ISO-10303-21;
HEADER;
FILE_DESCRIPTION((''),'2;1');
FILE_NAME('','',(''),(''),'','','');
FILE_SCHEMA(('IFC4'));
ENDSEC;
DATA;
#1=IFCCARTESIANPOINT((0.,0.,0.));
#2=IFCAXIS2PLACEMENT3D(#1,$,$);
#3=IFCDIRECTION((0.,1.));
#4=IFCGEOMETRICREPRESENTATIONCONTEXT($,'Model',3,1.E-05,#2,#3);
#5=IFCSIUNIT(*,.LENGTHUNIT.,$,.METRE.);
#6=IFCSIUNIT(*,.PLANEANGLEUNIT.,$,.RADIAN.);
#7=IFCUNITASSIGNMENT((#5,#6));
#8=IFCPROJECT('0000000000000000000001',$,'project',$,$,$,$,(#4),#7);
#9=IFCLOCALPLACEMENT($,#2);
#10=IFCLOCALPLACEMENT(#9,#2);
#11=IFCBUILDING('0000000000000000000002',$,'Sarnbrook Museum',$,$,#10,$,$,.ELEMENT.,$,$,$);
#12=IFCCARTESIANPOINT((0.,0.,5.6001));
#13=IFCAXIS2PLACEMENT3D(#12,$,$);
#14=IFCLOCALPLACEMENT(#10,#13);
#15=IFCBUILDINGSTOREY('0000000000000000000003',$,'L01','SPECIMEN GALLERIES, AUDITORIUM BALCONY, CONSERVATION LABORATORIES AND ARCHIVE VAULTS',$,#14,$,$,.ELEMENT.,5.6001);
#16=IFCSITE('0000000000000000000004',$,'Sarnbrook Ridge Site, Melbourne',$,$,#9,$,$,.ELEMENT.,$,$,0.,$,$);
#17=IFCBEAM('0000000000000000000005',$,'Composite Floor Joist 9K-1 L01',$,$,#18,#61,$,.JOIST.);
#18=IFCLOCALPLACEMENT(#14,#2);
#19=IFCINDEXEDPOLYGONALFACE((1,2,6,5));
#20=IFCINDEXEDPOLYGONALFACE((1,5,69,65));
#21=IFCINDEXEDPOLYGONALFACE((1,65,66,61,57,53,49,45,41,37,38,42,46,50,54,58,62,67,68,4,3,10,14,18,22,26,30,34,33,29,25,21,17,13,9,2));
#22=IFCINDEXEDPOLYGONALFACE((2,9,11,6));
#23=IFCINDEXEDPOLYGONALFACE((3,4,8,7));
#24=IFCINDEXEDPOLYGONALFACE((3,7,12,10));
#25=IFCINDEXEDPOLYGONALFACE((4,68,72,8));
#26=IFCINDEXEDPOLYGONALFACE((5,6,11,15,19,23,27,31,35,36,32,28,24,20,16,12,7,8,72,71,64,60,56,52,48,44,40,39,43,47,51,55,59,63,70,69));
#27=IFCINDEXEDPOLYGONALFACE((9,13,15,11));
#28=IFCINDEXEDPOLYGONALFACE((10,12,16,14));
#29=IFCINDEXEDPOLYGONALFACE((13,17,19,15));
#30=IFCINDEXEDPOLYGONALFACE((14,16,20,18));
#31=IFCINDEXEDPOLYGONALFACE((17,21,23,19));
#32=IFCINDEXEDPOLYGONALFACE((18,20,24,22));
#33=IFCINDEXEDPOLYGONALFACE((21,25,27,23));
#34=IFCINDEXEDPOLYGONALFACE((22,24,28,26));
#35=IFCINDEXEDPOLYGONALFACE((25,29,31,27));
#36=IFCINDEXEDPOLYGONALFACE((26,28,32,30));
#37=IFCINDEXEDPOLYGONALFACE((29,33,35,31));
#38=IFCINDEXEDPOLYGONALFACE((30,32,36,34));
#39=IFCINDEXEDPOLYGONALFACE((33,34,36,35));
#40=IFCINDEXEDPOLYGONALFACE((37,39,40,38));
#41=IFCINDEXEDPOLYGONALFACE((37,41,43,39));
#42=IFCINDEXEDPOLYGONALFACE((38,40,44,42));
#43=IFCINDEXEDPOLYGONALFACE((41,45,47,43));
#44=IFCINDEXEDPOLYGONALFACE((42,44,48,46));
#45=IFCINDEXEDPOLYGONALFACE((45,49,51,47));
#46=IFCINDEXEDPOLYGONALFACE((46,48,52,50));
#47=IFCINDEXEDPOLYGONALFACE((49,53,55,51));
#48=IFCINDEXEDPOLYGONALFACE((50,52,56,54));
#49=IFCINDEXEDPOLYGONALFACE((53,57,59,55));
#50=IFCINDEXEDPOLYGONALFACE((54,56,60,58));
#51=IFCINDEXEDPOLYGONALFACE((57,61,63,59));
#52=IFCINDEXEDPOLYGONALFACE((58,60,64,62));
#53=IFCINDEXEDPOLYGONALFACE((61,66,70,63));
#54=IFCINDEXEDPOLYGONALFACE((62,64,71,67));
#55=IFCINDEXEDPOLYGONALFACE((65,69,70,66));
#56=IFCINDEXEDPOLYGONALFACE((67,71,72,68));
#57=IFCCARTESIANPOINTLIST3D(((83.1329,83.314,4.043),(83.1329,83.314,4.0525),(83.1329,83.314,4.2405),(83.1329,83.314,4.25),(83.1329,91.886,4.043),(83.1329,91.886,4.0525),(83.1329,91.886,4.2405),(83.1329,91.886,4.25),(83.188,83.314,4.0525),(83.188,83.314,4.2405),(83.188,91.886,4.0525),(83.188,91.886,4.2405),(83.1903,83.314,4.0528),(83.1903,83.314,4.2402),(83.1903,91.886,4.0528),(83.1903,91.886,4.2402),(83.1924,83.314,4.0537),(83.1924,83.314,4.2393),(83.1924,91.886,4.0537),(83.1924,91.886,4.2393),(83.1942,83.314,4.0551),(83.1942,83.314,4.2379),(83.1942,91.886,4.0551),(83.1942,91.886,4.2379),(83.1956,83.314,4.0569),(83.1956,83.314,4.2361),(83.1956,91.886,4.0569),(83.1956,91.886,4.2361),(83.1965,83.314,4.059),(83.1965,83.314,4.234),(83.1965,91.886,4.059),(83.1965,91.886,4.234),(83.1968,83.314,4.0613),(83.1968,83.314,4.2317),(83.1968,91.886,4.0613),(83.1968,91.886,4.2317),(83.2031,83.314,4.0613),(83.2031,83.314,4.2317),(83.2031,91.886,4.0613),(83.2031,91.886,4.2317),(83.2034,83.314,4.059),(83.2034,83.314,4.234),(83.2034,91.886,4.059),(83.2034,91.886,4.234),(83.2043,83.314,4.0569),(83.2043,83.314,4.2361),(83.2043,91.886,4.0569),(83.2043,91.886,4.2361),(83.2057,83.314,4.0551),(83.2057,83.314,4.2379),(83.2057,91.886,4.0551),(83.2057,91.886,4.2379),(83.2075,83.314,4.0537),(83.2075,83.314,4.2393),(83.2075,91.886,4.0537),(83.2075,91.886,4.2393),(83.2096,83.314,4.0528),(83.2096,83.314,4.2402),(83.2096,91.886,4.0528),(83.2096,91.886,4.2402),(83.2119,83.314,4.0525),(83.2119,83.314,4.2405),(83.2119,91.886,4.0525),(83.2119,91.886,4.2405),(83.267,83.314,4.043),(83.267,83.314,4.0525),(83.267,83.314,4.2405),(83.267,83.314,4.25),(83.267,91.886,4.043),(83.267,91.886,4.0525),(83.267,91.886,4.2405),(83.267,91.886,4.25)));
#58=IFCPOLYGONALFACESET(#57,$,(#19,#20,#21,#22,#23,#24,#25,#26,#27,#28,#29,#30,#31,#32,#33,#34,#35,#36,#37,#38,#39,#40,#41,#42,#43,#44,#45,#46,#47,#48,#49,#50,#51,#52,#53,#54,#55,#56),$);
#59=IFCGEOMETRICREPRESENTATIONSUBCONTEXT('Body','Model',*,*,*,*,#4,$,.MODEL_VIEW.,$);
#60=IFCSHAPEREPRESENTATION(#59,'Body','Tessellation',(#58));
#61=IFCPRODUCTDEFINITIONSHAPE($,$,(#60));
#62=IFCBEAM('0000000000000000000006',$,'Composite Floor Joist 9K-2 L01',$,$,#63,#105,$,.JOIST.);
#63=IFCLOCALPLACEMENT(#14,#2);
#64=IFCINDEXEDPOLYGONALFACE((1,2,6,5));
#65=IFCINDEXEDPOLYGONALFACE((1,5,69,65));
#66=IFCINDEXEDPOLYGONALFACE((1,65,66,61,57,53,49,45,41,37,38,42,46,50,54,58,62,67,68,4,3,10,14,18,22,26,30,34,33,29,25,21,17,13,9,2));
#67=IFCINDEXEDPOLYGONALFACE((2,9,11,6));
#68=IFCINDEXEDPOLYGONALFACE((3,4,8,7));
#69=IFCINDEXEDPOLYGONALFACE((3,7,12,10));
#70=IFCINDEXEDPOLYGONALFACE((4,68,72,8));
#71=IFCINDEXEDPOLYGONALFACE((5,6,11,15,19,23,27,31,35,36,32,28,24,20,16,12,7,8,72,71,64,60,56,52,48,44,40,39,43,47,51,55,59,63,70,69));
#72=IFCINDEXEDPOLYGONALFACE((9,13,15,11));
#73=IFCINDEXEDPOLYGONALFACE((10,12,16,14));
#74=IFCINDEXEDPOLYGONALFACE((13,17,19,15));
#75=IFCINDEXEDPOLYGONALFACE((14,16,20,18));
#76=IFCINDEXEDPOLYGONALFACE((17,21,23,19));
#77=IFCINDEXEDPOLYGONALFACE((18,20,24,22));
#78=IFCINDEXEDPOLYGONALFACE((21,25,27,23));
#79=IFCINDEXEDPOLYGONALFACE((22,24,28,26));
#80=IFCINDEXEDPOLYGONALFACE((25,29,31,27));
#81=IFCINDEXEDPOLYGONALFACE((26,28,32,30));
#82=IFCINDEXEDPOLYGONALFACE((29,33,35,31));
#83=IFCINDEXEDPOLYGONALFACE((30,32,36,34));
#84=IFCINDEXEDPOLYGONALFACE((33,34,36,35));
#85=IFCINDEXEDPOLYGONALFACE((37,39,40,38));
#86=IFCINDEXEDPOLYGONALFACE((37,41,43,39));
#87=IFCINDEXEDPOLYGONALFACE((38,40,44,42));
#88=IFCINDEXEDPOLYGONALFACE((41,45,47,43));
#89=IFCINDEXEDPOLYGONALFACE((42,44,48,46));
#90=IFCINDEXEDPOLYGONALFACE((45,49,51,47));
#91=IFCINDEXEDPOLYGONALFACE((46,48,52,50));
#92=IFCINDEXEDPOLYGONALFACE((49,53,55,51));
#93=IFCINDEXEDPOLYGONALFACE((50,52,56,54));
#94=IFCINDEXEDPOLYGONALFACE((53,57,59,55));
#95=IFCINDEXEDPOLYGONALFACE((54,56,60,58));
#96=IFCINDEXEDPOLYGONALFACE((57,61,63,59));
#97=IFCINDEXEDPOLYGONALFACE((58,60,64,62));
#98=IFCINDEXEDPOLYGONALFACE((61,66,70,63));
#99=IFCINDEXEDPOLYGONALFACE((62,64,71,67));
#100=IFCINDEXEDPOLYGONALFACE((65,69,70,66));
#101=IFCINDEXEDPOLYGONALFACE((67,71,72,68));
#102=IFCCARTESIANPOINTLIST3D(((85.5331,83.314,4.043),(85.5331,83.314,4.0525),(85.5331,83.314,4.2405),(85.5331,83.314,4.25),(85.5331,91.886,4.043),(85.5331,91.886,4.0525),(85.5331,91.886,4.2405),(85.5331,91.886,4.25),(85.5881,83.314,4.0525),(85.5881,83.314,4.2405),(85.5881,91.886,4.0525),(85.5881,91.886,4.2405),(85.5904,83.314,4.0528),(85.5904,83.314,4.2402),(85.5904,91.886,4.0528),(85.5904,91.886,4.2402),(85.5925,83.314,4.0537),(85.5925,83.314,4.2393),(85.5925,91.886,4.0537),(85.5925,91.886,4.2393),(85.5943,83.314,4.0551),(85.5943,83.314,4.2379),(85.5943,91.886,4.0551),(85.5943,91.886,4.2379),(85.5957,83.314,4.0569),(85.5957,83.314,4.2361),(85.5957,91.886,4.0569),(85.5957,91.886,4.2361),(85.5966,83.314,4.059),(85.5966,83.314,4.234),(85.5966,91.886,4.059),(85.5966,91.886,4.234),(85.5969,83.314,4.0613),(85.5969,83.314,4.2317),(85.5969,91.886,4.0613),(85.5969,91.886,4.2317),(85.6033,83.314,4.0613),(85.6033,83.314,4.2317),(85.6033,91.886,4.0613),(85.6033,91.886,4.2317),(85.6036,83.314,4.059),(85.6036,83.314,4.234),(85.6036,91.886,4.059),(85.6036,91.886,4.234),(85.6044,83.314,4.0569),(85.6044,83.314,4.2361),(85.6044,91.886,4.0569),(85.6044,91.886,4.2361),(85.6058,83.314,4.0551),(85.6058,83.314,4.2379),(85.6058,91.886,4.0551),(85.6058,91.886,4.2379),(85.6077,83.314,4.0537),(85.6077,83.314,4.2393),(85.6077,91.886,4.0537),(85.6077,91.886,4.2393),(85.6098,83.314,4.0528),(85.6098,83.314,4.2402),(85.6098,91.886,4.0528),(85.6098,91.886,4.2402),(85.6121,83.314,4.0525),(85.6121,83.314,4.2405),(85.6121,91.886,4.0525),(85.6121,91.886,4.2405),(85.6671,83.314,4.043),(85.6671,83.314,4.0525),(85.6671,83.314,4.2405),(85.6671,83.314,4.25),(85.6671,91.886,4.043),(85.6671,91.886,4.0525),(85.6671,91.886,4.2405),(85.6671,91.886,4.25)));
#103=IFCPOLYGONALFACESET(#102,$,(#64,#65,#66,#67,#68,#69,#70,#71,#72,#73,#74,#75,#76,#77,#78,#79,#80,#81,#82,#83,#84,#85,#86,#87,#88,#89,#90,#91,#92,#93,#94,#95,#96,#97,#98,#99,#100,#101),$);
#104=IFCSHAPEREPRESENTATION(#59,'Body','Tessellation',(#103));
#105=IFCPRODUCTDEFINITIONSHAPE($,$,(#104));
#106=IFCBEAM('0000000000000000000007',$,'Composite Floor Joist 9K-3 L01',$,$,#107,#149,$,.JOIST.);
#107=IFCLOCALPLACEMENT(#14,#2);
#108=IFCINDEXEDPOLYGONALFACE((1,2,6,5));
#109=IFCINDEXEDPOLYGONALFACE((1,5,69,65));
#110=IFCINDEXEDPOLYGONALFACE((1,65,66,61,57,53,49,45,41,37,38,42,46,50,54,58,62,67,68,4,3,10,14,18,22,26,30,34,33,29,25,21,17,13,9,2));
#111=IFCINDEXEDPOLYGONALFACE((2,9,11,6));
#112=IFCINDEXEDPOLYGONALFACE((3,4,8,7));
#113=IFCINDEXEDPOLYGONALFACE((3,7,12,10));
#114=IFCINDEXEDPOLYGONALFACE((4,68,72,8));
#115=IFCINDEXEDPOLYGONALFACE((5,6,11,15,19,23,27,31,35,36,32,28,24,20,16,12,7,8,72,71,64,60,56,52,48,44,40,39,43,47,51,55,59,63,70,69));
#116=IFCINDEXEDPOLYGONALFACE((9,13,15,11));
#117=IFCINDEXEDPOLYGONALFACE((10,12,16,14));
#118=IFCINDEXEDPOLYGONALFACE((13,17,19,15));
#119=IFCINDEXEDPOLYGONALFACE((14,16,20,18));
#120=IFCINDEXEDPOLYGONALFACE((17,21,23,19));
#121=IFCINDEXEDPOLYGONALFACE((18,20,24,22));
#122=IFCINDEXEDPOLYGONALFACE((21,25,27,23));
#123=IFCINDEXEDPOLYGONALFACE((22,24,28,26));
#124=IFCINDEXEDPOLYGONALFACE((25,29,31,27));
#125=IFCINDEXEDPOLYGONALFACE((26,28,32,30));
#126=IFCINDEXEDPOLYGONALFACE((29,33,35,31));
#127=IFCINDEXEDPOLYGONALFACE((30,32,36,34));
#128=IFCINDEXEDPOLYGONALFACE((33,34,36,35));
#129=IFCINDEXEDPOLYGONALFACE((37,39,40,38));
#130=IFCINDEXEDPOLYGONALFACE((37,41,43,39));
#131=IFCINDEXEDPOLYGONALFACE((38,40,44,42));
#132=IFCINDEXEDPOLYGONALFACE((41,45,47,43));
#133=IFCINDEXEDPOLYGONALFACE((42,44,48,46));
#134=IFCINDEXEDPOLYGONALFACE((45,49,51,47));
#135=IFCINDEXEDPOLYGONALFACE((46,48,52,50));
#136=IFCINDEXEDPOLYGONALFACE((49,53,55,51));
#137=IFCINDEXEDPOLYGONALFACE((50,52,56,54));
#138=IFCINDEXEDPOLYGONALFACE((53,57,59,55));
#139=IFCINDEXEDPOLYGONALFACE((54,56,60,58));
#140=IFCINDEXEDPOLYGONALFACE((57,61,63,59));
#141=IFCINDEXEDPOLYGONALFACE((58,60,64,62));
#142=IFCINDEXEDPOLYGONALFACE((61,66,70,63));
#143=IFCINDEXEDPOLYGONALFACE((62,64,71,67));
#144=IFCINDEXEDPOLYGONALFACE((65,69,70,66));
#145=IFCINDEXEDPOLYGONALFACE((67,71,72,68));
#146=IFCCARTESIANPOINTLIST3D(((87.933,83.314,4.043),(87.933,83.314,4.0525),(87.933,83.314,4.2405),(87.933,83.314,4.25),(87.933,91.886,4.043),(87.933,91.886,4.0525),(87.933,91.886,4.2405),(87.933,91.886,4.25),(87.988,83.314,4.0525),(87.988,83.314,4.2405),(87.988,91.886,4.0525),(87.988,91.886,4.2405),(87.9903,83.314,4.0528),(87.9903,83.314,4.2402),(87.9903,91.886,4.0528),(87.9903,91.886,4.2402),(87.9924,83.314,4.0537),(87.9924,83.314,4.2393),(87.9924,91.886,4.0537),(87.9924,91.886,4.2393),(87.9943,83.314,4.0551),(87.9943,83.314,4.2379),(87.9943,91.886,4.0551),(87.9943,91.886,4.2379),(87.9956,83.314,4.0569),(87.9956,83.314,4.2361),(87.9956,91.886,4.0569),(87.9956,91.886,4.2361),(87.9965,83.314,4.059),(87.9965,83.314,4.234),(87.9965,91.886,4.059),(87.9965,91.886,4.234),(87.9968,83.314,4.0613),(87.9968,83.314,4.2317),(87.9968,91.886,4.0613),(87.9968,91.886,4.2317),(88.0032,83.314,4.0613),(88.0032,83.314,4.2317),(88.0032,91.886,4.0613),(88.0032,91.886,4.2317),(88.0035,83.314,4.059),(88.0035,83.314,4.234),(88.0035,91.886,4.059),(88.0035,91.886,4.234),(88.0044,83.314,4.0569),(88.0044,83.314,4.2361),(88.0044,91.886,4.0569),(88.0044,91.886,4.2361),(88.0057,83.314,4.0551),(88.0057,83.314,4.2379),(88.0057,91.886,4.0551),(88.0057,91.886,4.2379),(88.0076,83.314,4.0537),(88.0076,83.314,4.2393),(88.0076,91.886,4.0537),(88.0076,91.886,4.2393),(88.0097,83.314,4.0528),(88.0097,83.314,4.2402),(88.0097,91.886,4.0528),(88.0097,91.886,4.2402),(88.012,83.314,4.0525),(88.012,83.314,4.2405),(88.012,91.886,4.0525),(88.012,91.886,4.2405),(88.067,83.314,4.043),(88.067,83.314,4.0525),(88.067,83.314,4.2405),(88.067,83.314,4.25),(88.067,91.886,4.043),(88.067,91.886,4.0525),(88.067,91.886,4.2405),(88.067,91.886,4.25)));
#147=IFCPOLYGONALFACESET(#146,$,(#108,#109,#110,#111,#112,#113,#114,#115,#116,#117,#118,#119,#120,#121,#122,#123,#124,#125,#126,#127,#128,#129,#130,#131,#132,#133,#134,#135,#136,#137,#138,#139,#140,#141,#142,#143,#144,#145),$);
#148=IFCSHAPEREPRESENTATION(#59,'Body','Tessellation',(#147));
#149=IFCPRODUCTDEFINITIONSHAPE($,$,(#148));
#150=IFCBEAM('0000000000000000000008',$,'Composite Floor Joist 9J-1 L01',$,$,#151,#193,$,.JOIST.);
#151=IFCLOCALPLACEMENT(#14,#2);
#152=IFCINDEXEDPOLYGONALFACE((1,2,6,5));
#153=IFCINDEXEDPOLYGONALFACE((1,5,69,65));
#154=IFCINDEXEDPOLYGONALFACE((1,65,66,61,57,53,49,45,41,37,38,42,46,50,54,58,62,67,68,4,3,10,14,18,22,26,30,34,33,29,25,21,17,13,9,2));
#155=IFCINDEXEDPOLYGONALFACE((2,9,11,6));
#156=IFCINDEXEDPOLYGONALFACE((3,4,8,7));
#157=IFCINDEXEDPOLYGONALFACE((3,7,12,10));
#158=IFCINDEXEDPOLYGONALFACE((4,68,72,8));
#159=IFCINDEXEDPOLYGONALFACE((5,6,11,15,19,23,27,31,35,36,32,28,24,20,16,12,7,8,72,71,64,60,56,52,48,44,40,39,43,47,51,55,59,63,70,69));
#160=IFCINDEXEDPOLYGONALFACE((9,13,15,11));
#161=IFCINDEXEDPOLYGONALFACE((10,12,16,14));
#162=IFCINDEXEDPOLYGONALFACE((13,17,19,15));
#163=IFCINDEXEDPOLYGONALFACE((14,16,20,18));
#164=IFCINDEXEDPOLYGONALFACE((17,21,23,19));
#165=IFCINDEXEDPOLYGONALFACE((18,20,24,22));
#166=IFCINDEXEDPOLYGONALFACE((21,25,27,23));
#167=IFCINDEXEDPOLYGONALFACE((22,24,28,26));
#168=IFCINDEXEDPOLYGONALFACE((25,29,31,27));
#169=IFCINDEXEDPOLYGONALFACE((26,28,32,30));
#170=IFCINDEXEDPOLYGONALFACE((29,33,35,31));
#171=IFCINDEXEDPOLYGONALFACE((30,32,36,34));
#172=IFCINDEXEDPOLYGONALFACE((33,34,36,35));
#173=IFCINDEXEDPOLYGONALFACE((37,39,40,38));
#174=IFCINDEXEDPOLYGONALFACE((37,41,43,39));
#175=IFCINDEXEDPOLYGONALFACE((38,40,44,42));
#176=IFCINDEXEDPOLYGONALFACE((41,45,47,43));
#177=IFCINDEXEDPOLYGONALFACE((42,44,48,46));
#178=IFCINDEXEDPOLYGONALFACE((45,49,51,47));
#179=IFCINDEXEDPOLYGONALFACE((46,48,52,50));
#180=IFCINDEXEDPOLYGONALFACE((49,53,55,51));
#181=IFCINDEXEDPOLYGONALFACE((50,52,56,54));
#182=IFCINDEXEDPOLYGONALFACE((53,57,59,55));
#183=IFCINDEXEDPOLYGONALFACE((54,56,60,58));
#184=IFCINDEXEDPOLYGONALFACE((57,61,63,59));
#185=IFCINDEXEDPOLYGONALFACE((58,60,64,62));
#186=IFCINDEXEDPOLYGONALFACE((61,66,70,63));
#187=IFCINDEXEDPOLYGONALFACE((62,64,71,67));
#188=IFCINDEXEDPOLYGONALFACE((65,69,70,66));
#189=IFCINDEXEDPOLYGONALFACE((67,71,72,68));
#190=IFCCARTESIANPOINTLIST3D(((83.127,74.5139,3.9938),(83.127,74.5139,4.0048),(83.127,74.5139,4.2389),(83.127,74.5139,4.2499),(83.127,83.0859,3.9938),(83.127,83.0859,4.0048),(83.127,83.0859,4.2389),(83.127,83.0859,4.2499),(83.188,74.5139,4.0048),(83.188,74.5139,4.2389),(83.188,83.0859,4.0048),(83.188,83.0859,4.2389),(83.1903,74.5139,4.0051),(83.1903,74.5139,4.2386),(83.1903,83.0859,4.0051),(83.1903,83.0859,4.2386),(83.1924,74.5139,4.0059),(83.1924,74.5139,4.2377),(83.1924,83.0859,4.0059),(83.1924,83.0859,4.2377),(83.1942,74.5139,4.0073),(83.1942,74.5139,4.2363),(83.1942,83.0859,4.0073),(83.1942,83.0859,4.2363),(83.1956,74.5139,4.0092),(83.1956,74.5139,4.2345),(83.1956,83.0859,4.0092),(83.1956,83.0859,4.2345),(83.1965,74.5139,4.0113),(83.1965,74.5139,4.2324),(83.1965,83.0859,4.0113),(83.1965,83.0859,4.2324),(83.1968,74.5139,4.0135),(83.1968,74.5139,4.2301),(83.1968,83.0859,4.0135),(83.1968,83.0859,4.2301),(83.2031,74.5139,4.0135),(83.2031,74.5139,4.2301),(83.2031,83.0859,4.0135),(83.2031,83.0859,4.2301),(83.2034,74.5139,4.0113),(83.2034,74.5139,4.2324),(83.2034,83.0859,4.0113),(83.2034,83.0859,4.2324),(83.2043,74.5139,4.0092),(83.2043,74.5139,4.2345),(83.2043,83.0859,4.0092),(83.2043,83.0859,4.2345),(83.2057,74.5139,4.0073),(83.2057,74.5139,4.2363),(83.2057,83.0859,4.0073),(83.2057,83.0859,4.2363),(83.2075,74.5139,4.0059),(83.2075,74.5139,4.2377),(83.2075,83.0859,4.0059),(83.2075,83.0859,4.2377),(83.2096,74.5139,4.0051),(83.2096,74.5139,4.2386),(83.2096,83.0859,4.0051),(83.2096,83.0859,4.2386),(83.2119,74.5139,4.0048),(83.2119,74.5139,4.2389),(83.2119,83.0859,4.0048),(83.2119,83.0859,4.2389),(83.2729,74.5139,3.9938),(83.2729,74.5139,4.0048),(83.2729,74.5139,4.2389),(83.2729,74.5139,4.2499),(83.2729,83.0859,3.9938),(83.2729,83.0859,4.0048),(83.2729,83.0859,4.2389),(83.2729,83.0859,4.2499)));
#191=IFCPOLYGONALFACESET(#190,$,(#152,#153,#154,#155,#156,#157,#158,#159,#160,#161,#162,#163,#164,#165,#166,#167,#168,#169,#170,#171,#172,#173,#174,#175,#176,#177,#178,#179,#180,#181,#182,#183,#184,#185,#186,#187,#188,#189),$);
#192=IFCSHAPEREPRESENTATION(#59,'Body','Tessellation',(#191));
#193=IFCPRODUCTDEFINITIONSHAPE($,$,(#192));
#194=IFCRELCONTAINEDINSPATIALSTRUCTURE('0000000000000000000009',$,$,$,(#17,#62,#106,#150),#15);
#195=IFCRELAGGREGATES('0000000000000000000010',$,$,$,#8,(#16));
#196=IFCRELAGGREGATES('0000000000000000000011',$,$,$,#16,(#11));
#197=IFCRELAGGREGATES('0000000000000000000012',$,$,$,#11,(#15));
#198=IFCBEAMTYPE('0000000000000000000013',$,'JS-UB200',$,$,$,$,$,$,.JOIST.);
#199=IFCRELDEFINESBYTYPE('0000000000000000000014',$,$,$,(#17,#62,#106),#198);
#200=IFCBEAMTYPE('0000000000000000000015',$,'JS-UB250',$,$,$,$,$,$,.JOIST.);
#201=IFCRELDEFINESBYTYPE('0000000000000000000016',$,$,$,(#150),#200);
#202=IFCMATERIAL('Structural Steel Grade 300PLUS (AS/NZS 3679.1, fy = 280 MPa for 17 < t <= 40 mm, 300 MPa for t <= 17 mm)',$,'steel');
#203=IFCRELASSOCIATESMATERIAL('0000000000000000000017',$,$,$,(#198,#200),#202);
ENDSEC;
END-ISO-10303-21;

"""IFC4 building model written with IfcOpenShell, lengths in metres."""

from ifc_helpers import new_model, si_unit, direction, frame, origin, origin_2d, place, context, subcontext, project, spatial, i_section, extrude, material, material_profile, profile_set, type_object, element, save


model = new_model("IFC4")

# Units and contexts
model_context = context("Model", 3, precision=1e-05, world=origin(), true_north=direction((0.0, 1.0)))
body_context = subcontext(model_context, "Body", "Model", "MODEL_VIEW")
ifc_project = project(units=[si_unit("LENGTHUNIT", "METRE"), si_unit("PLANEANGLEUNIT", "RADIAN")], contexts=[model_context])

# Site, building, storey
site_placement = place(None, origin())
site = spatial("IfcSite", under=ifc_project, at=site_placement, Name="Sarnbrook Ridge Site, Melbourne", CompositionType="ELEMENT", RefElevation=0.0)
building_placement = place(site_placement, origin())
building = spatial("IfcBuilding", under=site, at=building_placement, Name="Sarnbrook Museum", CompositionType="ELEMENT")
storey_placement = place(building_placement, frame((0.0, 0.0, 5.6001)))
storey = spatial("IfcBuildingStorey", under=building, at=storey_placement, Name="L01", Description="SPECIMEN GALLERIES, AUDITORIUM BALCONY, CONSERVATION LABORATORIES AND ARCHIVE VAULTS", CompositionType="ELEMENT", Elevation=5.6001)

# Beams
ifc_material_1 = material(Name="Structural Steel Grade 300PLUS (AS/NZS 3679.1, fy = 280 MPa for 17 < t <= 40 mm, 300 MPa for t <= 17 mm)", Category="steel")
ifc_material_profile_1 = material_profile(ifc_material_1, i_section(OverallWidth=0.134, OverallDepth=0.207, WebThickness=0.0063, FlangeThickness=0.0095, FilletRadius=0.0088, at=origin_2d()), Name="200UB29.8")
ifc_profile_set_1 = profile_set([ifc_material_profile_1], Name="Structural Steel Grade 300PLUS (AS/NZS 3679.1, fy = 280 MPa for 17 < t <= 40 mm, 300 MPa for t <= 17 mm)")
beam_type_1 = type_object("IfcBeamType", Name="JS-UB200", PredefinedType="JOIST", material=ifc_profile_set_1)
for number, where, z_axis, x_axis, name in (
    (1, (83.2, 83.314, 4.1465), (0.0, 1.0, 0.0), (-1.0, 0.0, 0.0), "Composite Floor Joist 9K-1 L01"),
    (2, (85.6001, 83.314, 4.1465), (0.0, 1.0, 0.0), (-1.0, 0.0, 0.0), "Composite Floor Joist 9K-2 L01"),
    (3, (88.0, 83.314, 4.1465), (0.0, 1.0, 0.0), (-1.0, 0.0, 0.0), "Composite Floor Joist 9K-3 L01"),
):
    element("IfcBeam", number, at=place(storey_placement, frame(where, z_axis=z_axis, x_axis=x_axis)), inside=storey, type_object=beam_type_1, Name=name, PredefinedType="JOIST", context=body_context, shape_type="SweptSolid", body=[
        extrude(i_section(OverallWidth=0.134, OverallDepth=0.207, WebThickness=0.0063, FlangeThickness=0.0095, FilletRadius=0.0088, at=origin_2d()), origin(), (0.0, 0.0, 1.0), 8.572),
    ])
ifc_material_profile_2 = material_profile(ifc_material_1, i_section(OverallWidth=0.146, OverallDepth=0.2561, WebThickness=0.0063, FlangeThickness=0.011, FilletRadius=0.0088, at=origin_2d()), Name="250UB37.3")
ifc_profile_set_2 = profile_set([ifc_material_profile_2], Name="Structural Steel Grade 300PLUS (AS/NZS 3679.1, fy = 280 MPa for 17 < t <= 40 mm, 300 MPa for t <= 17 mm)")
beam_type_2 = type_object("IfcBeamType", Name="JS-UB250", PredefinedType="JOIST", material=ifc_profile_set_2)
for number, where, z_axis, x_axis, name in (
    (4, (83.2, 74.5139, 4.1218), (0.0, 1.0, 0.0), (-1.0, 0.0, 0.0), "Composite Floor Joist 9J-1 L01"),
):
    element("IfcBeam", number, at=place(storey_placement, frame(where, z_axis=z_axis, x_axis=x_axis)), inside=storey, type_object=beam_type_2, Name=name, PredefinedType="JOIST", context=body_context, shape_type="SweptSolid", body=[
        extrude(i_section(OverallWidth=0.146, OverallDepth=0.2561, WebThickness=0.0063, FlangeThickness=0.011, FilletRadius=0.0088, at=origin_2d()), origin(), (0.0, 0.0, 1.0), 8.572),
    ])

save(model, "model.ifc")
